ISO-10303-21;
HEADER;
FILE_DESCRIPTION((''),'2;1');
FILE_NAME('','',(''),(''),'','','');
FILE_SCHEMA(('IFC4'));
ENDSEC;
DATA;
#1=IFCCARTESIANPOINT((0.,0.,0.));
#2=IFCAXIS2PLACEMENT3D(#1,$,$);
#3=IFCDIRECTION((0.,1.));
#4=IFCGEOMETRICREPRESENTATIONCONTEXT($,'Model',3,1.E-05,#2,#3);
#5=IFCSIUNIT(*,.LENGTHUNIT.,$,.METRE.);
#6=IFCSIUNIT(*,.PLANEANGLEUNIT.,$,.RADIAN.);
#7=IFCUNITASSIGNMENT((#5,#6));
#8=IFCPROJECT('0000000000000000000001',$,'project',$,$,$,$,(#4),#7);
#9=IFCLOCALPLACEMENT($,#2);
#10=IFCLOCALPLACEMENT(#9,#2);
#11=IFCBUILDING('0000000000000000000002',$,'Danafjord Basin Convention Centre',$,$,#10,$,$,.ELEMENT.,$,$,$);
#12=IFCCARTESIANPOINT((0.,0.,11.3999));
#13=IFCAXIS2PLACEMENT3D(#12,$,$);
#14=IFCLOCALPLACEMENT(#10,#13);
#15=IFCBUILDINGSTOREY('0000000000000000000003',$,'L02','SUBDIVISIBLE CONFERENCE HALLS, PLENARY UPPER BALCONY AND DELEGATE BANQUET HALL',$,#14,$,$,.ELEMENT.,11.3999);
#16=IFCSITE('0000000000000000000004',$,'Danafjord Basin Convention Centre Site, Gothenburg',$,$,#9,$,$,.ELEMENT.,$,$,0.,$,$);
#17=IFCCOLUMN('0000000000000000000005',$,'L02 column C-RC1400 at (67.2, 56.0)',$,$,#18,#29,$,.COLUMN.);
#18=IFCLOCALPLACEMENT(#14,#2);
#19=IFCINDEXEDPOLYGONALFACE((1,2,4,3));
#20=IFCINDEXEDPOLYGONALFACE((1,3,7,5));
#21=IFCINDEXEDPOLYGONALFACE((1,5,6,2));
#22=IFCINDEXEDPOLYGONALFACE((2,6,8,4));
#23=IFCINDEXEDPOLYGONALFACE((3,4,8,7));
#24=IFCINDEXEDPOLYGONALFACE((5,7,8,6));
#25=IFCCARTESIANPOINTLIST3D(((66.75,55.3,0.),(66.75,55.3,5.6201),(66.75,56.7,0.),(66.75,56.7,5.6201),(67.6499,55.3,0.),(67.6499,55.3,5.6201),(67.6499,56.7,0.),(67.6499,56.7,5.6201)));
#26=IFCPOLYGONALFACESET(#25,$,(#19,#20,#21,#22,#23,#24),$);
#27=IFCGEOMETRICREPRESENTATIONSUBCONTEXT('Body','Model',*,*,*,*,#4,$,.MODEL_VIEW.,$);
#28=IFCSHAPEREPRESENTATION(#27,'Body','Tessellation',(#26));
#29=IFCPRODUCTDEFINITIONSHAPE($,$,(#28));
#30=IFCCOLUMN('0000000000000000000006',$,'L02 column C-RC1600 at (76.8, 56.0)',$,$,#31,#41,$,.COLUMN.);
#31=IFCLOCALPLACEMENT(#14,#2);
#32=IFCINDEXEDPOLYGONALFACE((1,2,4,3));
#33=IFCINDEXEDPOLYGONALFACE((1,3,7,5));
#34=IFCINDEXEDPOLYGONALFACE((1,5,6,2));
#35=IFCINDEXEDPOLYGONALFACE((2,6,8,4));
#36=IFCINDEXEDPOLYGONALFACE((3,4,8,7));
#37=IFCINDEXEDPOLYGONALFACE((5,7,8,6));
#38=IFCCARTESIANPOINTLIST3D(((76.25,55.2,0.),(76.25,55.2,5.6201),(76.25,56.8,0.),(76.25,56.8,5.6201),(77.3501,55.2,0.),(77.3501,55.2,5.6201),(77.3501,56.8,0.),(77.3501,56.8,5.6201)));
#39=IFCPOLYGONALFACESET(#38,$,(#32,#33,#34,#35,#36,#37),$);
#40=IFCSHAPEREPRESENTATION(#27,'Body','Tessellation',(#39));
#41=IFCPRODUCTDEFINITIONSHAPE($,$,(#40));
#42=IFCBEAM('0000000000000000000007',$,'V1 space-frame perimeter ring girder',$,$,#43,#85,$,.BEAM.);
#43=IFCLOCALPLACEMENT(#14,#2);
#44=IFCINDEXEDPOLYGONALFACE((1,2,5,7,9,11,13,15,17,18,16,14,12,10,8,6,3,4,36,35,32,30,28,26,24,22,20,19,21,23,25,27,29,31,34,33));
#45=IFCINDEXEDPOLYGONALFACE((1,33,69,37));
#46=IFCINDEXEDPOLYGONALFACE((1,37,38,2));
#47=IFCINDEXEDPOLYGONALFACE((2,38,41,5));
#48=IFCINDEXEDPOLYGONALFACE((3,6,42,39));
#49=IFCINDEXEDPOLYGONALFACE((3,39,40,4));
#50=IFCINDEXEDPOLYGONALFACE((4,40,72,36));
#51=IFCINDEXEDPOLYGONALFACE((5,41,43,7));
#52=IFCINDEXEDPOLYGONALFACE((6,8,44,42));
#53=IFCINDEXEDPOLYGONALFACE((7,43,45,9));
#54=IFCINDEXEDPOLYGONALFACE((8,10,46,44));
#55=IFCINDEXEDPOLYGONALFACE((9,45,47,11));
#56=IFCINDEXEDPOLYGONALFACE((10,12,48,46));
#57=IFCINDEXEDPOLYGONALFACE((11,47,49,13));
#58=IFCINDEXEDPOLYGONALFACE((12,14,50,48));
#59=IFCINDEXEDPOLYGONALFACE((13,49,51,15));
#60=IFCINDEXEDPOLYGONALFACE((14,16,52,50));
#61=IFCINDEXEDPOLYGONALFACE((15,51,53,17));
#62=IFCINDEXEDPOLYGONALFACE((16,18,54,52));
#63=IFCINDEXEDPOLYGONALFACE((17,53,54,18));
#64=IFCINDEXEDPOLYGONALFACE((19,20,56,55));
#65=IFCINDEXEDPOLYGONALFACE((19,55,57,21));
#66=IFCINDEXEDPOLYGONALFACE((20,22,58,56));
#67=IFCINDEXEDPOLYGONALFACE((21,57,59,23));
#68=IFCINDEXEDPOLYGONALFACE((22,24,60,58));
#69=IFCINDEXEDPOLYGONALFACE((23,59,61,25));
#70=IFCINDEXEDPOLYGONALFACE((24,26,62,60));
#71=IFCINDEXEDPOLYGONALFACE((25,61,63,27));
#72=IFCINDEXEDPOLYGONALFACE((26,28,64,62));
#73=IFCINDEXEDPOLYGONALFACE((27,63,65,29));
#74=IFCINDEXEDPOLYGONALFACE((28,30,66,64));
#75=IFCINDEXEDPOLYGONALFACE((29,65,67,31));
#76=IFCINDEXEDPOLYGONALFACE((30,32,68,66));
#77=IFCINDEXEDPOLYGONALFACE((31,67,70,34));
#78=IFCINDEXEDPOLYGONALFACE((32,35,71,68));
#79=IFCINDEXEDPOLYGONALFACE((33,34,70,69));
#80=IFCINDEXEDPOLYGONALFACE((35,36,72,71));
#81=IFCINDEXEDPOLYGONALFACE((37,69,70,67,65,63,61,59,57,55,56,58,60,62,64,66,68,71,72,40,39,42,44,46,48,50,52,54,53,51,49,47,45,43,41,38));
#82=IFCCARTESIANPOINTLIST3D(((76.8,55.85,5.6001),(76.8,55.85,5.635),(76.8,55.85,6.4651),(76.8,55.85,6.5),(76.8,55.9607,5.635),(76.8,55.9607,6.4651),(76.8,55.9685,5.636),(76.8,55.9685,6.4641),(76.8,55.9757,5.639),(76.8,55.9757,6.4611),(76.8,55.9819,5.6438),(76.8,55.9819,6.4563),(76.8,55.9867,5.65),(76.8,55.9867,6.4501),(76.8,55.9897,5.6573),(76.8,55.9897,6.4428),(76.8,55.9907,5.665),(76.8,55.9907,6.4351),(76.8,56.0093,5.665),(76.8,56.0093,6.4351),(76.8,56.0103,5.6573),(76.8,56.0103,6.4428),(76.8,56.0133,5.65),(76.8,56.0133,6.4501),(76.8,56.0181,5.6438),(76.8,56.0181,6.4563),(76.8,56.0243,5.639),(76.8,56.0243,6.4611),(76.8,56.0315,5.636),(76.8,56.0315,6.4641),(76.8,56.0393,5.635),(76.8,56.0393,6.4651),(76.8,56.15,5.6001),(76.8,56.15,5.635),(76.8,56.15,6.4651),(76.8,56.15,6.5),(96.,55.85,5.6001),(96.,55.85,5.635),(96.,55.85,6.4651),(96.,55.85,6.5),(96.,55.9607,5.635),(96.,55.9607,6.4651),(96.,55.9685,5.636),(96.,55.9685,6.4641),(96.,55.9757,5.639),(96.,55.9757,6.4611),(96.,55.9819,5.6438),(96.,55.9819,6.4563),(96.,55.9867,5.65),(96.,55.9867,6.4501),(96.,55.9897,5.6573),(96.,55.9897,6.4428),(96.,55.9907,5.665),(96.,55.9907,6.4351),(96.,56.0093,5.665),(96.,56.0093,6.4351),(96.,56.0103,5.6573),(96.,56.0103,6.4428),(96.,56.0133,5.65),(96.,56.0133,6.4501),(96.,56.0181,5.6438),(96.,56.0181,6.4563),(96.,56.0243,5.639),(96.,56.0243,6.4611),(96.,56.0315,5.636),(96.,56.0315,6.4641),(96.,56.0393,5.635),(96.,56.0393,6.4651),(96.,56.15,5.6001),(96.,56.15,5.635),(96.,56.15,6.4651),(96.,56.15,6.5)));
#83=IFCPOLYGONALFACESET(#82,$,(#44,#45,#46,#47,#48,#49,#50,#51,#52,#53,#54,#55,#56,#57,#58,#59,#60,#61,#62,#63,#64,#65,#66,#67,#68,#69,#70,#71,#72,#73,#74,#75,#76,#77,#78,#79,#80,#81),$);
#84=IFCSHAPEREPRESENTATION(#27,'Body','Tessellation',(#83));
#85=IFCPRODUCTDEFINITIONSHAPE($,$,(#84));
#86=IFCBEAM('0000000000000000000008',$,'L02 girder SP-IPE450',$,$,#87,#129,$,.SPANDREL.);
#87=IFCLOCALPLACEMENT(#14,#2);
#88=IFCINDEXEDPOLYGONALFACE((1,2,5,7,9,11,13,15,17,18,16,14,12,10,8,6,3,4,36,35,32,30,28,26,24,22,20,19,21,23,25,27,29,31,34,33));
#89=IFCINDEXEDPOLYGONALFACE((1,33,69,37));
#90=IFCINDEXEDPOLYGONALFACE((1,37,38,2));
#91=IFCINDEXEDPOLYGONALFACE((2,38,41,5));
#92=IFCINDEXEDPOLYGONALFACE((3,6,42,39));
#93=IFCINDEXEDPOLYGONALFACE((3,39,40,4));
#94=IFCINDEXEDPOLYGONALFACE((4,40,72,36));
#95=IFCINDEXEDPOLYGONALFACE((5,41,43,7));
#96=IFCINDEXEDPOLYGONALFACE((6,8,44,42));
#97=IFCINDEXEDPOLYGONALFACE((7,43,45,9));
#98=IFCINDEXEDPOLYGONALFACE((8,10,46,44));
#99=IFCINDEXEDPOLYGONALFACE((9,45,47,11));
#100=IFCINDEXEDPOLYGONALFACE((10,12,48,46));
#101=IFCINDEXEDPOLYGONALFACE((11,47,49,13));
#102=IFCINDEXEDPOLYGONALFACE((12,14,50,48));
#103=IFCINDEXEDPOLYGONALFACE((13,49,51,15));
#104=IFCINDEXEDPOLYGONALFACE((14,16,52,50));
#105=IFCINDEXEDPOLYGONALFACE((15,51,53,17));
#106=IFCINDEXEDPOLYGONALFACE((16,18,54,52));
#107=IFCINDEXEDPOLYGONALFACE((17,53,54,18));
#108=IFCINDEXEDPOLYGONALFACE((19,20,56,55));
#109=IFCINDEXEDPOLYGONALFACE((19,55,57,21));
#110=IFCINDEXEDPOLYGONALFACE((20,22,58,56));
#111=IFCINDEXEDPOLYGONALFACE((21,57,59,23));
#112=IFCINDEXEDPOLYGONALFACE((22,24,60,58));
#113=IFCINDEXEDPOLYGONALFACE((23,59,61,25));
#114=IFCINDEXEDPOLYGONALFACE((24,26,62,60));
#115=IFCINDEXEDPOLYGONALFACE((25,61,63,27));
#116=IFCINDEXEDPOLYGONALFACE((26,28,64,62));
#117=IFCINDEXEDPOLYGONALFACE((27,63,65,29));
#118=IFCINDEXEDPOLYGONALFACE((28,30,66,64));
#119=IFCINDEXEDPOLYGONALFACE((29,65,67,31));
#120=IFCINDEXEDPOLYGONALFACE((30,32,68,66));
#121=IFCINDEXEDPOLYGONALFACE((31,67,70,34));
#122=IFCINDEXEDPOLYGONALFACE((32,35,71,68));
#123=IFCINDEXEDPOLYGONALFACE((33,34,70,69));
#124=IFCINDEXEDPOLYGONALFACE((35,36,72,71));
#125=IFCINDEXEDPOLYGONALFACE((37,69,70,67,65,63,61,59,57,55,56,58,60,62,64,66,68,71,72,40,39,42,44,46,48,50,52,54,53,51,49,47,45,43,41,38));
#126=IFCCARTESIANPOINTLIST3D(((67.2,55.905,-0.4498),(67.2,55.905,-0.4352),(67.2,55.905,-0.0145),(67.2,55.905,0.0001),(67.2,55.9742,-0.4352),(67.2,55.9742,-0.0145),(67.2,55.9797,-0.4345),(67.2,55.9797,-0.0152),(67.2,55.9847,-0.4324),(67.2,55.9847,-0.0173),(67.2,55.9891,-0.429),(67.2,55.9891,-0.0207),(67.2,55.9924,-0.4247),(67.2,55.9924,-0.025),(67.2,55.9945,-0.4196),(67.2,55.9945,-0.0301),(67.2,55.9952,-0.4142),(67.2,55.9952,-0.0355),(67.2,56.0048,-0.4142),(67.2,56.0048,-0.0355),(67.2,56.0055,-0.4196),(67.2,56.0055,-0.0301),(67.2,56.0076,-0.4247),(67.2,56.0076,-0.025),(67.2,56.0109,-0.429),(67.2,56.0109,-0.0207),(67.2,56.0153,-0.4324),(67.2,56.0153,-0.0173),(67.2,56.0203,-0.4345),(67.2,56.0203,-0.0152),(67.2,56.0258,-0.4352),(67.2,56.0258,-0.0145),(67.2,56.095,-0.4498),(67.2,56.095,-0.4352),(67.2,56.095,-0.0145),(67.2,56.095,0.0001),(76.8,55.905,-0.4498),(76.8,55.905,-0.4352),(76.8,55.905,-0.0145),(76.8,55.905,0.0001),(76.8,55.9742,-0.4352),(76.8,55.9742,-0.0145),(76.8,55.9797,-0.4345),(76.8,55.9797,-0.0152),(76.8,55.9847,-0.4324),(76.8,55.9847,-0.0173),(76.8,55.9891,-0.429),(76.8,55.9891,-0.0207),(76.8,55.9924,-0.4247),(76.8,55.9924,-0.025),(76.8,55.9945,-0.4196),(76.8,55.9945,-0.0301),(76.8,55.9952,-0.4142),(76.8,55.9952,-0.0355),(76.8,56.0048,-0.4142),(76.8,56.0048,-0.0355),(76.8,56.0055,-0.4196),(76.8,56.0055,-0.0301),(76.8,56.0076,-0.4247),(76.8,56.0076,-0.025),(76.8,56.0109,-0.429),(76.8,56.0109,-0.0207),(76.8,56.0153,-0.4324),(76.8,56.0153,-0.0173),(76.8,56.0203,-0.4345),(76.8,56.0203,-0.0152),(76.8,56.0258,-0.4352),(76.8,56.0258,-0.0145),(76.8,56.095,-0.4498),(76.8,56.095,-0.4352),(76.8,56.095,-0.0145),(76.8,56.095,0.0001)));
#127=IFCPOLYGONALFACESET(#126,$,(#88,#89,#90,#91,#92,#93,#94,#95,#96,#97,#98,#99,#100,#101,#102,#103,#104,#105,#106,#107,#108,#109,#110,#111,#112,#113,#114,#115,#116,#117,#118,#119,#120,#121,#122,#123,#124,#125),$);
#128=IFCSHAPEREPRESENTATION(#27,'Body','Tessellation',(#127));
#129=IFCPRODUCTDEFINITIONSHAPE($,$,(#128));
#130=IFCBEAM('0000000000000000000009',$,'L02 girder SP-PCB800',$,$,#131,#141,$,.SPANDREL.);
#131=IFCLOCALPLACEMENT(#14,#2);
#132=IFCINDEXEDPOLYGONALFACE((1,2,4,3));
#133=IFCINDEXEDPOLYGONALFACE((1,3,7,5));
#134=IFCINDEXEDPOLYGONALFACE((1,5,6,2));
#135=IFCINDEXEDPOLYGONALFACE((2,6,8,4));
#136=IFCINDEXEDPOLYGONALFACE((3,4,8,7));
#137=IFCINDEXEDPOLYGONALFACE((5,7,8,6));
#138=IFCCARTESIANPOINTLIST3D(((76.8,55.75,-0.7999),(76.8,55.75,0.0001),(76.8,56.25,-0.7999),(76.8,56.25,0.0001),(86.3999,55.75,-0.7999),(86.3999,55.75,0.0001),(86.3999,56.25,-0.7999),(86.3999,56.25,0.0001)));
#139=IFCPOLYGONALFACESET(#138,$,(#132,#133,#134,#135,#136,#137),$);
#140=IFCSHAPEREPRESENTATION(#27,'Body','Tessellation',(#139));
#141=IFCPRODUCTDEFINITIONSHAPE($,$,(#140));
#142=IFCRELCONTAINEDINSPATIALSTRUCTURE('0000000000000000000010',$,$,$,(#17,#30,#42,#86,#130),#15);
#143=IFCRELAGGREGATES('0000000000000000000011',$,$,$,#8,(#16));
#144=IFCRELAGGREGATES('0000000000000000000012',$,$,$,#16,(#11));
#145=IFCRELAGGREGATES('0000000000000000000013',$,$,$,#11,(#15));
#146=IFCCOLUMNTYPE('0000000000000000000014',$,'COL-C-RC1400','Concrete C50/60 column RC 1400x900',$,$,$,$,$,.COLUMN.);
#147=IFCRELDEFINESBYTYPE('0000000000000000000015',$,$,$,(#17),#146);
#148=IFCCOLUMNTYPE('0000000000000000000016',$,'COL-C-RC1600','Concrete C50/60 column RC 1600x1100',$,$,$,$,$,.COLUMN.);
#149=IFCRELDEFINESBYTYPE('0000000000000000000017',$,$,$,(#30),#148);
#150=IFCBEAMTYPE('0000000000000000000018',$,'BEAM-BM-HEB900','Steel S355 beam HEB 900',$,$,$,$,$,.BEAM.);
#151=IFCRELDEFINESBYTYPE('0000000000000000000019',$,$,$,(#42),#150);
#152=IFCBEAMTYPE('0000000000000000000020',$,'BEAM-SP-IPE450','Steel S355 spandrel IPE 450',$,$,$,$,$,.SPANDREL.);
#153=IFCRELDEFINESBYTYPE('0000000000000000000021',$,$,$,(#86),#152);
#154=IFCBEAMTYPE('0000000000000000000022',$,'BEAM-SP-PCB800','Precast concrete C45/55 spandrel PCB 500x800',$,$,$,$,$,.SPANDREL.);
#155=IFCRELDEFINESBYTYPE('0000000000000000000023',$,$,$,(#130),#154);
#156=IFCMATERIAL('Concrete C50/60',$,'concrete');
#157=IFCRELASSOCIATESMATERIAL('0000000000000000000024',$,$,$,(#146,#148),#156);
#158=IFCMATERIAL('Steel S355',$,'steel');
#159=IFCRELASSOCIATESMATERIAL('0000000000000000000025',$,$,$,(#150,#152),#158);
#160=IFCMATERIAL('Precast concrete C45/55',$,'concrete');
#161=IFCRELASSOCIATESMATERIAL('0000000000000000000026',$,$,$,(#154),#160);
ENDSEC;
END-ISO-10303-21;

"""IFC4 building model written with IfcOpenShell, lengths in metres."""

from ifc_helpers import new_model, si_unit, direction, frame, origin, origin_2d, place, context, subcontext, project, spatial, rectangle, i_section, extrude, material, material_profile, profile_set, type_object, element, save


model = new_model("IFC4")

# Units and contexts
model_context = context("Model", 3, precision=1e-05, world=origin(), true_north=direction((0.0, 1.0)))
body_context = subcontext(model_context, "Body", "Model", "MODEL_VIEW")
ifc_project = project(units=[si_unit("LENGTHUNIT", "METRE"), si_unit("PLANEANGLEUNIT", "RADIAN")], contexts=[model_context])

# Site, building, storey
site_placement = place(None, origin())
site = spatial("IfcSite", under=ifc_project, at=site_placement, Name="Danafjord Basin Convention Centre Site, Gothenburg", CompositionType="ELEMENT", RefElevation=0.0)
building_placement = place(site_placement, origin())
building = spatial("IfcBuilding", under=site, at=building_placement, Name="Danafjord Basin Convention Centre", CompositionType="ELEMENT")
storey_placement = place(building_placement, frame((0.0, 0.0, 11.3999)))
storey = spatial("IfcBuildingStorey", under=building, at=storey_placement, Name="L02", Description="SUBDIVISIBLE CONFERENCE HALLS, PLENARY UPPER BALCONY AND DELEGATE BANQUET HALL", CompositionType="ELEMENT", Elevation=11.3999)

# Columns
ifc_material_1 = material(Name="Concrete C50/60", Category="concrete")
ifc_material_profile_1 = material_profile(ifc_material_1, rectangle(XDim=0.8999, YDim=1.3999, at=origin_2d()), Name="RC 1400x900")
ifc_profile_set_1 = profile_set([ifc_material_profile_1], Name="Concrete C50/60")
column_type_1 = type_object("IfcColumnType", Name="COL-C-RC1400", Description="Concrete C50/60 column RC 1400x900", PredefinedType="COLUMN", material=ifc_profile_set_1)
column_1_placement = place(storey_placement, frame((67.2, 56.0, 0.0), z_axis=(0.0, 0.0, 1.0), x_axis=(1.0, 0.0, 0.0)))
element("IfcColumn", 1, at=column_1_placement, inside=storey, type_object=column_type_1, Name="L02 column C-RC1400 at (67.2, 56.0)", PredefinedType="COLUMN", context=body_context, shape_type="SweptSolid", body=[
    extrude(rectangle(XDim=0.8999, YDim=1.3999, at=origin_2d()), origin(), (0.0, 0.0, 1.0), 5.6201),
])
ifc_material_profile_2 = material_profile(ifc_material_1, rectangle(XDim=1.1001, YDim=1.6001, at=origin_2d()), Name="RC 1600x1100")
ifc_profile_set_2 = profile_set([ifc_material_profile_2], Name="Concrete C50/60")
column_type_2 = type_object("IfcColumnType", Name="COL-C-RC1600", Description="Concrete C50/60 column RC 1600x1100", PredefinedType="COLUMN", material=ifc_profile_set_2)
column_2_placement = place(storey_placement, frame((76.8, 56.0, 0.0), z_axis=(0.0, 0.0, 1.0), x_axis=(1.0, 0.0, 0.0)))
element("IfcColumn", 2, at=column_2_placement, inside=storey, type_object=column_type_2, Name="L02 column C-RC1600 at (76.8, 56.0)", PredefinedType="COLUMN", context=body_context, shape_type="SweptSolid", body=[
    extrude(rectangle(XDim=1.1001, YDim=1.6001, at=origin_2d()), origin(), (0.0, 0.0, 1.0), 5.6201),
])

# Beams
ifc_material_2 = material(Name="Steel S355", Category="steel")
ifc_material_profile_3 = material_profile(ifc_material_2, i_section(OverallWidth=0.3, OverallDepth=0.8999, WebThickness=0.0186, FlangeThickness=0.0349, FilletRadius=0.03, at=origin_2d()), Name="HEB 900")
ifc_profile_set_3 = profile_set([ifc_material_profile_3], Name="Steel S355")
beam_type_1 = type_object("IfcBeamType", Name="BEAM-BM-HEB900", Description="Steel S355 beam HEB 900", PredefinedType="BEAM", material=ifc_profile_set_3)
beam_1_placement = place(storey_placement, frame((76.8, 56.0, 6.05), z_axis=(1.0, 0.0, 0.0), x_axis=(0.0, 1.0, 0.0)))
element("IfcBeam", 3, at=beam_1_placement, inside=storey, type_object=beam_type_1, Name="V1 space-frame perimeter ring girder", PredefinedType="BEAM", context=body_context, shape_type="SweptSolid", body=[
    extrude(i_section(OverallWidth=0.3, OverallDepth=0.8999, WebThickness=0.0186, FlangeThickness=0.0349, FilletRadius=0.03, at=origin_2d()), origin(), (0.0, 0.0, 1.0), 19.2),
])
ifc_material_profile_4 = material_profile(ifc_material_2, i_section(OverallWidth=0.1899, OverallDepth=0.45, WebThickness=0.0095, FlangeThickness=0.0146, FilletRadius=0.021, at=origin_2d()), Name="IPE 450")
ifc_profile_set_4 = profile_set([ifc_material_profile_4], Name="Steel S355")
beam_type_2 = type_object("IfcBeamType", Name="BEAM-SP-IPE450", Description="Steel S355 spandrel IPE 450", PredefinedType="SPANDREL", material=ifc_profile_set_4)
beam_2_placement = place(storey_placement, frame((67.2, 56.0, -0.2249), z_axis=(1.0, 0.0, 0.0), x_axis=(0.0, 1.0, 0.0)))
element("IfcBeam", 4, at=beam_2_placement, inside=storey, type_object=beam_type_2, Name="L02 girder SP-IPE450", PredefinedType="SPANDREL", context=body_context, shape_type="SweptSolid", body=[
    extrude(i_section(OverallWidth=0.1899, OverallDepth=0.45, WebThickness=0.0095, FlangeThickness=0.0146, FilletRadius=0.021, at=origin_2d()), origin(), (0.0, 0.0, 1.0), 9.6001),
])
ifc_material_3 = material(Name="Precast concrete C45/55", Category="concrete")
ifc_material_profile_5 = material_profile(ifc_material_3, rectangle(XDim=0.5, YDim=0.8, at=origin_2d()), Name="PCB 500x800")
ifc_profile_set_5 = profile_set([ifc_material_profile_5], Name="Precast concrete C45/55")
beam_type_3 = type_object("IfcBeamType", Name="BEAM-SP-PCB800", Description="Precast concrete C45/55 spandrel PCB 500x800", PredefinedType="SPANDREL", material=ifc_profile_set_5)
beam_3_placement = place(storey_placement, frame((76.8, 56.0, -0.3999), z_axis=(1.0, 0.0, 0.0), x_axis=(0.0, 1.0, 0.0)))
element("IfcBeam", 5, at=beam_3_placement, inside=storey, type_object=beam_type_3, Name="L02 girder SP-PCB800", PredefinedType="SPANDREL", context=body_context, shape_type="SweptSolid", body=[
    extrude(rectangle(XDim=0.5, YDim=0.8, at=origin_2d()), origin(), (0.0, 0.0, 1.0), 9.5999),
])

save(model, "model.ifc")
